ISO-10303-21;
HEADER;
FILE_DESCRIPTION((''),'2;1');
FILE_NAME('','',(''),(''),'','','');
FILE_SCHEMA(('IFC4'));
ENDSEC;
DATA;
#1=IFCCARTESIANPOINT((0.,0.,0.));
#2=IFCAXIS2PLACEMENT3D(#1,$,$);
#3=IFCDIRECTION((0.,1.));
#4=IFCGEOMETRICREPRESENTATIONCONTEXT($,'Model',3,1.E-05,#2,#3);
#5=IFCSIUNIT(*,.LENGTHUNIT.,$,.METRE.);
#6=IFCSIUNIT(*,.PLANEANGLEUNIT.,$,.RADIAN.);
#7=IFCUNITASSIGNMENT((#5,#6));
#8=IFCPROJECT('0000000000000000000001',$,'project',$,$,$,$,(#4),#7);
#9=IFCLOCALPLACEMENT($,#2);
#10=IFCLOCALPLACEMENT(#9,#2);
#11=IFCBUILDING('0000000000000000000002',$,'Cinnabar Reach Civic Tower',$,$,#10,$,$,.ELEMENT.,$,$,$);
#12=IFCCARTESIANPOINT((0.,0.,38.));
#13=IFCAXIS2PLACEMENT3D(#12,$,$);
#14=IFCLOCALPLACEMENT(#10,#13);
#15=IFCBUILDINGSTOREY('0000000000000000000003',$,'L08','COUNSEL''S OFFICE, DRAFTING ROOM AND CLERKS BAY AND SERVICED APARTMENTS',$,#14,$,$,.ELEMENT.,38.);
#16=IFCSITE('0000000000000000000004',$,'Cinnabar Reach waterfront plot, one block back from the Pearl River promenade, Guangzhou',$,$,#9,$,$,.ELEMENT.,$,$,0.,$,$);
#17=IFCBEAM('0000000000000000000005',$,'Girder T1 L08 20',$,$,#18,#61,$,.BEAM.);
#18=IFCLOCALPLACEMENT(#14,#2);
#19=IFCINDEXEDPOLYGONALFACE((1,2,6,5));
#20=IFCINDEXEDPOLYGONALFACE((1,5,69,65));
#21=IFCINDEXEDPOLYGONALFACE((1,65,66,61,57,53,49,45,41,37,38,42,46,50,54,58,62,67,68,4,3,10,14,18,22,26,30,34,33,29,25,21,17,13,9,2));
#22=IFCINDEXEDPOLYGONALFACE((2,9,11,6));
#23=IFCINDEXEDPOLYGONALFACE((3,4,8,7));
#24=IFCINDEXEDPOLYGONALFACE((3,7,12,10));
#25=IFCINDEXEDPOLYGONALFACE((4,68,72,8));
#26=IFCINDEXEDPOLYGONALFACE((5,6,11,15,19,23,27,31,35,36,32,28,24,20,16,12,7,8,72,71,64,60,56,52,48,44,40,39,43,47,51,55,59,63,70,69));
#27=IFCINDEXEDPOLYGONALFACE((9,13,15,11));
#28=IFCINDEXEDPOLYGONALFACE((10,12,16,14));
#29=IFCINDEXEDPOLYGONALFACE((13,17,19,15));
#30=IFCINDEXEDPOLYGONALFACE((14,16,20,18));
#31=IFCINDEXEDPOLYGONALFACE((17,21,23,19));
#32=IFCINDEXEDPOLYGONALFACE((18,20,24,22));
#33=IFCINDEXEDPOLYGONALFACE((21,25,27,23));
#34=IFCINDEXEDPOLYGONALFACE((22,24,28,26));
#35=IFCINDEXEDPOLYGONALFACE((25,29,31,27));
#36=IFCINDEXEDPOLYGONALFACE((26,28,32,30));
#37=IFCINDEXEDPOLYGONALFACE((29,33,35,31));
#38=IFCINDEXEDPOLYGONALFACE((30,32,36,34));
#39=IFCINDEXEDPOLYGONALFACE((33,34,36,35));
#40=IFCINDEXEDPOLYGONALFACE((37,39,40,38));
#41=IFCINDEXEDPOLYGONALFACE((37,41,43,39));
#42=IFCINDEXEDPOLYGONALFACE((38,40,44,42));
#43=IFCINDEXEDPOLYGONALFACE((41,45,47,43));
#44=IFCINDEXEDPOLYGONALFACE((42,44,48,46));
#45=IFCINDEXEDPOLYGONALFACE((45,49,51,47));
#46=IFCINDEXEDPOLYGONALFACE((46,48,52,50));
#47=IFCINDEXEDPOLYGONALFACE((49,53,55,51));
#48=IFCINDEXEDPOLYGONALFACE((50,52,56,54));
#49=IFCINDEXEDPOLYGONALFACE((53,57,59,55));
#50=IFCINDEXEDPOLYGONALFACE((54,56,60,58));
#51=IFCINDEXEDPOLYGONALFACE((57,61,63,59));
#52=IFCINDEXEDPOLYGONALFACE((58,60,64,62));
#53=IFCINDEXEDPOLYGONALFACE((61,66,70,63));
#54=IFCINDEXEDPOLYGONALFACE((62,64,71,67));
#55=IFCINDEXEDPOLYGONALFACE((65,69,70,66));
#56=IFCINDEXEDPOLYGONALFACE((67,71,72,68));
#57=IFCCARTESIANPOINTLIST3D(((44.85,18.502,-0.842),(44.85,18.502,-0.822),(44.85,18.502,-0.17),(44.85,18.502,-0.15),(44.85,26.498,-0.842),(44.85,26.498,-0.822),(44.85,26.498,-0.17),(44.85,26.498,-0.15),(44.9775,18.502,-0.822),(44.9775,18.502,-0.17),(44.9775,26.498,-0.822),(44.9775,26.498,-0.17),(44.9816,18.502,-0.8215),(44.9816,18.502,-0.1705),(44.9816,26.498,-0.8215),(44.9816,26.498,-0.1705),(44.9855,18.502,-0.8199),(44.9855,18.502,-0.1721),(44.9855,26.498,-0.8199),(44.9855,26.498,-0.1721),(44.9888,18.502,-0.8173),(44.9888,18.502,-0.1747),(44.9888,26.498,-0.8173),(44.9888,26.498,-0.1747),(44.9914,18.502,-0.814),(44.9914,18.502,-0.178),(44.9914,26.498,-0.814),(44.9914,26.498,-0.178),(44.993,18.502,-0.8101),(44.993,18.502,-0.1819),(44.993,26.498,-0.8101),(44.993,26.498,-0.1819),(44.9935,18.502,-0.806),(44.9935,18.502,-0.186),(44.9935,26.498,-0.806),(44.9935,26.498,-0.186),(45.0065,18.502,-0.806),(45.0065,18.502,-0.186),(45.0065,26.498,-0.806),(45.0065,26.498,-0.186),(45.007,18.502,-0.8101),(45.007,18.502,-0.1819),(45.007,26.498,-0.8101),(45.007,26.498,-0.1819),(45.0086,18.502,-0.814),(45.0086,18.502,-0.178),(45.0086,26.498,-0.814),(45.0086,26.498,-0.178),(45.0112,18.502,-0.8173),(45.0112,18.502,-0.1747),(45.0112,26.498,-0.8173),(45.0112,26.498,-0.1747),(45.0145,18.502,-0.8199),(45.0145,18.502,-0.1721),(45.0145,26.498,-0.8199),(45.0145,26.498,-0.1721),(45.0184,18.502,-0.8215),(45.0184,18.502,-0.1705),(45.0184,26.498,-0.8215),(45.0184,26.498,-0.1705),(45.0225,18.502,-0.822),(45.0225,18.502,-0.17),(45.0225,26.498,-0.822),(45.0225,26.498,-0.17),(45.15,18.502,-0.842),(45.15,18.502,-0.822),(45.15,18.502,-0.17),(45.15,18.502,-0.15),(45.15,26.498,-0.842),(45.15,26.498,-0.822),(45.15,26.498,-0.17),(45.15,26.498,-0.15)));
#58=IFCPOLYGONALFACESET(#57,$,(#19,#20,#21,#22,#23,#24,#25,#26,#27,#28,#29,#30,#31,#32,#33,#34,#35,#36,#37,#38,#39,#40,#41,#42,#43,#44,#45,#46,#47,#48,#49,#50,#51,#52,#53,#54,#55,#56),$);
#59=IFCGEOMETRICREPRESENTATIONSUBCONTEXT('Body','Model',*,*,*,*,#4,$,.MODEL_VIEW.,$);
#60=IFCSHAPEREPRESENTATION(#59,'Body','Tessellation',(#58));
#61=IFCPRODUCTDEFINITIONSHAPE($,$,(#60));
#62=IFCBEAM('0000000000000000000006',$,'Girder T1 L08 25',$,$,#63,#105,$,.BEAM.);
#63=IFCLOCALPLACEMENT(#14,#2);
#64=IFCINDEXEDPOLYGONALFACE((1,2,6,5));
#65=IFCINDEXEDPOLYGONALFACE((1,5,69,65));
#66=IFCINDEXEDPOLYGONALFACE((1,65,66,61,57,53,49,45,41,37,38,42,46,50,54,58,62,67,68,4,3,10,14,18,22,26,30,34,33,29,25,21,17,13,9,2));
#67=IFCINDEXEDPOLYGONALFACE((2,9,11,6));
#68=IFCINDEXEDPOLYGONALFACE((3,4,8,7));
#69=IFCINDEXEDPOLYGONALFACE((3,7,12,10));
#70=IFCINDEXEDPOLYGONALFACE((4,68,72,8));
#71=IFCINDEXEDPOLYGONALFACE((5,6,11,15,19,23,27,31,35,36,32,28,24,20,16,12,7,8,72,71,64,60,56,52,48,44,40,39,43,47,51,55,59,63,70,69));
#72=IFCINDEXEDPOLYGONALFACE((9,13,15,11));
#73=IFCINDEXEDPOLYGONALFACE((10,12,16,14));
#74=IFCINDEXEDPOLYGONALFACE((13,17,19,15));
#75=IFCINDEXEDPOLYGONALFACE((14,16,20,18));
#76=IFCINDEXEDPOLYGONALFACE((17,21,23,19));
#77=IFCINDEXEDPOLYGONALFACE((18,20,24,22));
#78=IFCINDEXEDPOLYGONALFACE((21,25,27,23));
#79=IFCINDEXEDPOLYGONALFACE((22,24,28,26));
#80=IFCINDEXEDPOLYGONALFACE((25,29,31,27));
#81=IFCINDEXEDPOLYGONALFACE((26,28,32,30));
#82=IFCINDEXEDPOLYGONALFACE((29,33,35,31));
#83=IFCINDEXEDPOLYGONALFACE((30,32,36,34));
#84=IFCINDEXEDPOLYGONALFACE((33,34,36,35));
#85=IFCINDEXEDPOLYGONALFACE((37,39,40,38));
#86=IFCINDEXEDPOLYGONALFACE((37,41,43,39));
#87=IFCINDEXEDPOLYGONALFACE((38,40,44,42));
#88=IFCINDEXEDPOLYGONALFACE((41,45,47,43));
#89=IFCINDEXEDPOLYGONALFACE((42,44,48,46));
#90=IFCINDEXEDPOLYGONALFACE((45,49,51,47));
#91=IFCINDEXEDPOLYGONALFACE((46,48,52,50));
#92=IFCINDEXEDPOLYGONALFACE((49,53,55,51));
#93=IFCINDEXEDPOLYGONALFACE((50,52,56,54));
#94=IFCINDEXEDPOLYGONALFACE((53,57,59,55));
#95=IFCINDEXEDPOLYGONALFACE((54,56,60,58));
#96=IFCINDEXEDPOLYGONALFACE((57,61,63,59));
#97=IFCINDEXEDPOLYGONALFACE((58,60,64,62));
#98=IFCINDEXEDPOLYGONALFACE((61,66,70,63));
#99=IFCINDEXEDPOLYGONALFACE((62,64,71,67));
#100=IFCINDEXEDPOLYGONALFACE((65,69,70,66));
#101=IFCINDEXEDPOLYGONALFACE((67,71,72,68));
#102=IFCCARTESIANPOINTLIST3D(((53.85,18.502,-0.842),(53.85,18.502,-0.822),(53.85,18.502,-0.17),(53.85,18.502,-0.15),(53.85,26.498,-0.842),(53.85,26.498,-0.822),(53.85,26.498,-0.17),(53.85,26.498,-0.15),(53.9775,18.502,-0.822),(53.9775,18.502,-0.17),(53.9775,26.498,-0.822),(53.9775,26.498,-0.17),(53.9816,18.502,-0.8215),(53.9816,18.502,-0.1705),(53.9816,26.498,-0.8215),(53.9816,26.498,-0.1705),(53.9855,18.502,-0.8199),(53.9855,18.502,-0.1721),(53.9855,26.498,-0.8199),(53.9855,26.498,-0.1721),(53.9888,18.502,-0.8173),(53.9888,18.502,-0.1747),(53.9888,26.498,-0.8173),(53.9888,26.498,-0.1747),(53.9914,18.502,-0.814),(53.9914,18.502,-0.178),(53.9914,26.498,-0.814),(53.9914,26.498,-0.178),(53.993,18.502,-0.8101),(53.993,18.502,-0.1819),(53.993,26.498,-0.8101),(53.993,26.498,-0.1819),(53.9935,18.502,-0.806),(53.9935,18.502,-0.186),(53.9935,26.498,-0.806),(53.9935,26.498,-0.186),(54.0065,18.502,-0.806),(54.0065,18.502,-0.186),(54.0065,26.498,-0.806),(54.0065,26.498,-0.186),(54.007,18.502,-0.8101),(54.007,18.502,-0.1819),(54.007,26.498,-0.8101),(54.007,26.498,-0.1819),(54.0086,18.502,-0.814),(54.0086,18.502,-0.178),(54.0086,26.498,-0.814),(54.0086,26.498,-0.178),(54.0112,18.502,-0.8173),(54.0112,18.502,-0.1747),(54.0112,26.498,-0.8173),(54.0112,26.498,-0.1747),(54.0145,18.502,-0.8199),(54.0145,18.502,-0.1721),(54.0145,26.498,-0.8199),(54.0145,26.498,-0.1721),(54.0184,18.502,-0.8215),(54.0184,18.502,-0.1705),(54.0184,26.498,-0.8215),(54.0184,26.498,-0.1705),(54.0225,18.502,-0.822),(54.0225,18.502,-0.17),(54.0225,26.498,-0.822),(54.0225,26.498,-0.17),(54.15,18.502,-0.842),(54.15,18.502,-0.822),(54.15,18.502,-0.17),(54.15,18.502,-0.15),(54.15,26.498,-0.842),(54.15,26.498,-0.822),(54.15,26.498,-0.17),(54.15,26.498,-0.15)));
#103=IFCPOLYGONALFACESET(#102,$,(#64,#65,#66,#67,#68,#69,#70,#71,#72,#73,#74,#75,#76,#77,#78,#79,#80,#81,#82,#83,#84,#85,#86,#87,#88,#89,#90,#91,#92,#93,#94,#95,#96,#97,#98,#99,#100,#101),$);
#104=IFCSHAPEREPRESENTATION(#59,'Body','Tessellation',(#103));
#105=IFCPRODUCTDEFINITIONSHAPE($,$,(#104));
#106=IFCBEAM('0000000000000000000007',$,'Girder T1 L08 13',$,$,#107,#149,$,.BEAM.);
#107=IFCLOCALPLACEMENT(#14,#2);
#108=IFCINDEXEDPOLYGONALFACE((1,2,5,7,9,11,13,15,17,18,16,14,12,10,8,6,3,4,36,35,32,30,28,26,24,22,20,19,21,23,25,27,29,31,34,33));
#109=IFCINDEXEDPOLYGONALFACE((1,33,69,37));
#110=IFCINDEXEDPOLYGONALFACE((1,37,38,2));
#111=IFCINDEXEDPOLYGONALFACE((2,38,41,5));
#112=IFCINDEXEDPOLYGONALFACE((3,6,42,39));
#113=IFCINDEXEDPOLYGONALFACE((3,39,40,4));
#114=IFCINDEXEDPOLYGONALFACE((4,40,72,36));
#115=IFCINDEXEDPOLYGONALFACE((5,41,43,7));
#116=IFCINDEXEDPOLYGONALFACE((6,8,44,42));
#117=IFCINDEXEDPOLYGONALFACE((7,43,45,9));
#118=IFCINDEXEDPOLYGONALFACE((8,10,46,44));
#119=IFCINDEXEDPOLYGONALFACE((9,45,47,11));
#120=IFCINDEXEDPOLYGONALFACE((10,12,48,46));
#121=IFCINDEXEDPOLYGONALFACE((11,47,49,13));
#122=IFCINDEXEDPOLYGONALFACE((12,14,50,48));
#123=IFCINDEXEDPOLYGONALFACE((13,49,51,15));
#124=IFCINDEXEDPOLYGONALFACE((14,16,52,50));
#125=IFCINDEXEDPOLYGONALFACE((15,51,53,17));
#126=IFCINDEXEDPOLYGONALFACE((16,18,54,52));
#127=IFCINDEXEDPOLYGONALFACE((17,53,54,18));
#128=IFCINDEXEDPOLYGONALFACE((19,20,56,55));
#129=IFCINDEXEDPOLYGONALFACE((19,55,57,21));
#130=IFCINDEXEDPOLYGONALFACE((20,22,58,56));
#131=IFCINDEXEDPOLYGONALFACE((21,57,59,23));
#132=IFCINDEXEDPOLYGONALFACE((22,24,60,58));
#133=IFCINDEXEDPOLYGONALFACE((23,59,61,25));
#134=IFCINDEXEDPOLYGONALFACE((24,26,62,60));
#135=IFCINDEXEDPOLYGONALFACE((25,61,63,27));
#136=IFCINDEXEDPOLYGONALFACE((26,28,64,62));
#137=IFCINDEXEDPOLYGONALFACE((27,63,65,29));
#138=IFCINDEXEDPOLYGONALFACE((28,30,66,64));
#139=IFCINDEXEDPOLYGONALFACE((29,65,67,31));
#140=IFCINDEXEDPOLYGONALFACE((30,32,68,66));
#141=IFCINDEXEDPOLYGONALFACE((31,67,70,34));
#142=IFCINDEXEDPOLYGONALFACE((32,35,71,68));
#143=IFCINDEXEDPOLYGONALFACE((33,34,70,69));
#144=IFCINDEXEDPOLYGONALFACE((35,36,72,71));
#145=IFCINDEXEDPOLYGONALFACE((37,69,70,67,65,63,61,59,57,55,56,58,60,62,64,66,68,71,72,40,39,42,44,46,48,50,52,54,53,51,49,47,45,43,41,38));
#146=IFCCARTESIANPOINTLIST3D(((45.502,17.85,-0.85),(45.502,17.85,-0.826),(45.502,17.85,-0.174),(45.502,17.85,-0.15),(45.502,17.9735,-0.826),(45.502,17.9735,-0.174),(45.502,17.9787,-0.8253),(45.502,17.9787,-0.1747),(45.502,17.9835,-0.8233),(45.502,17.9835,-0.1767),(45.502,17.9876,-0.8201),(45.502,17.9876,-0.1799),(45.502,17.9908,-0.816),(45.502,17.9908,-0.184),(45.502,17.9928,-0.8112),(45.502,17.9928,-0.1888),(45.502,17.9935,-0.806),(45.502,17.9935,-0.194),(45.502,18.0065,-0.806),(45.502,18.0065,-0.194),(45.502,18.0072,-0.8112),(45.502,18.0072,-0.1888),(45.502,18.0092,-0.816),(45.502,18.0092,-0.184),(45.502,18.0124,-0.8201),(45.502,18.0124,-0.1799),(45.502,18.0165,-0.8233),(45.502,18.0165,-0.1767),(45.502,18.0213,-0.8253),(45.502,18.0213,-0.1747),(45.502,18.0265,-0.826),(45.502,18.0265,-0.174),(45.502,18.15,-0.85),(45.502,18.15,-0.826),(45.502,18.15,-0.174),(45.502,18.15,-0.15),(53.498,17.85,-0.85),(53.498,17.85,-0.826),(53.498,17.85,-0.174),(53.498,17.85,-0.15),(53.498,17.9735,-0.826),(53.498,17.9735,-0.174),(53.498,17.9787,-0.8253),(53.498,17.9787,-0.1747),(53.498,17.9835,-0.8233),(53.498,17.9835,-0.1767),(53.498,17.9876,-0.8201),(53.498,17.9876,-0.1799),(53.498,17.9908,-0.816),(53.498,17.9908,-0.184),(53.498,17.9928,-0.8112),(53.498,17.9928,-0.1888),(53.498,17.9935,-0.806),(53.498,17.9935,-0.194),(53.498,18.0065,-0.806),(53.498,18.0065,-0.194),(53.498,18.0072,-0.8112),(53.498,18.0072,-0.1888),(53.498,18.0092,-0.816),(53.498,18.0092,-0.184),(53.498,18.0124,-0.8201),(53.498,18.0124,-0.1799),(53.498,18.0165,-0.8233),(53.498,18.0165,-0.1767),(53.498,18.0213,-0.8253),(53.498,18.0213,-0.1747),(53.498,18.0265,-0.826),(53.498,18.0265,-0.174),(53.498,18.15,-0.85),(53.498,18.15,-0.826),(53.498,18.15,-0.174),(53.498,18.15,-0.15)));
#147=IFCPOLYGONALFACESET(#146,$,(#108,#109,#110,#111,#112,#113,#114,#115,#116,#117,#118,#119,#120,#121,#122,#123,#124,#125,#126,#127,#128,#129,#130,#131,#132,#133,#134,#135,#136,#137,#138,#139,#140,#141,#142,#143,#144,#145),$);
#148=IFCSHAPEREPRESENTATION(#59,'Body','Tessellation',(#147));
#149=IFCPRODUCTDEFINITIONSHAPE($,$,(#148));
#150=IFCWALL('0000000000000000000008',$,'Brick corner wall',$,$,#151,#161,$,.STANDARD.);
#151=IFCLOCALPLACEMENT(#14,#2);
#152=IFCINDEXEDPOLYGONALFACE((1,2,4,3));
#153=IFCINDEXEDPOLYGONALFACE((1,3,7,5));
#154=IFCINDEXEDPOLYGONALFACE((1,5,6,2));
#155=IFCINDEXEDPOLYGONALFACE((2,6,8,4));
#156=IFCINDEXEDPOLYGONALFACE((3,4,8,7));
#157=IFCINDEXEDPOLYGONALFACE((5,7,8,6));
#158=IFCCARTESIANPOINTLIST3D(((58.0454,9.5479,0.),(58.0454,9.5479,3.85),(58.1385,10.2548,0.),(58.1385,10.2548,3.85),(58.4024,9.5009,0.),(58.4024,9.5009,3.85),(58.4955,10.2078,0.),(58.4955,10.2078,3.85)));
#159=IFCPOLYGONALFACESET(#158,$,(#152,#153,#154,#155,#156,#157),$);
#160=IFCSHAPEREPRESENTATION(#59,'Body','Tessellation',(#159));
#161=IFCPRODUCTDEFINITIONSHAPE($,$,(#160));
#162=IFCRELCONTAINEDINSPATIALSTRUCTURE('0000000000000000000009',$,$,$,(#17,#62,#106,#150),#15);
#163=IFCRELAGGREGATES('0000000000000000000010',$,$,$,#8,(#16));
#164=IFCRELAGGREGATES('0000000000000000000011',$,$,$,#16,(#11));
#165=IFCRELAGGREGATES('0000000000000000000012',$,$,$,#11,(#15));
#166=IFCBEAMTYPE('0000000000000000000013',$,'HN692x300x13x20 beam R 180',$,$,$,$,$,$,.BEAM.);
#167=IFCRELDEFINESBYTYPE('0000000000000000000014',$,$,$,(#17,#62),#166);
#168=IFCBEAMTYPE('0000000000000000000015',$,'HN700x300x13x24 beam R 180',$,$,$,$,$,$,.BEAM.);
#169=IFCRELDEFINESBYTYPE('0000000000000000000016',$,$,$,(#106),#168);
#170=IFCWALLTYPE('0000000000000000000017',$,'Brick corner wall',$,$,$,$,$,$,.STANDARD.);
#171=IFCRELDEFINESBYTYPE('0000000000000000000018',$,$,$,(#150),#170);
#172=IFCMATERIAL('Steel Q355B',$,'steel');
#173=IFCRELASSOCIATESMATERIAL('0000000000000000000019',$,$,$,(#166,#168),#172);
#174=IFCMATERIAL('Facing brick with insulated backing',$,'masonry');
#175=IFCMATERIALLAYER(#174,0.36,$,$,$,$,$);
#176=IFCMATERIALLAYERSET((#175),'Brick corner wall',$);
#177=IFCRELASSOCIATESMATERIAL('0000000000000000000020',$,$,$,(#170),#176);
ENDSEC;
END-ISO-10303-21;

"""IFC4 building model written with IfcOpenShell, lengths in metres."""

from ifc_helpers import new_model, si_unit, direction, frame, frame_2d, origin, origin_2d, place, context, subcontext, project, spatial, rectangle, i_section, extrude, material, layer, layer_set, material_profile, profile_set, type_object, element, save


model = new_model("IFC4")

# Units and contexts
model_context = context("Model", 3, precision=1e-05, world=origin(), true_north=direction((0.0, 1.0)))
body_context = subcontext(model_context, "Body", "Model", "MODEL_VIEW")
ifc_project = project(units=[si_unit("LENGTHUNIT", "METRE"), si_unit("PLANEANGLEUNIT", "RADIAN")], contexts=[model_context])

# Site, building, storey
site_placement = place(None, origin())
site = spatial("IfcSite", under=ifc_project, at=site_placement, Name="Cinnabar Reach waterfront plot, one block back from the Pearl River promenade, Guangzhou", CompositionType="ELEMENT", RefElevation=0.0)
building_placement = place(site_placement, origin())
building = spatial("IfcBuilding", under=site, at=building_placement, Name="Cinnabar Reach Civic Tower", CompositionType="ELEMENT")
storey_placement = place(building_placement, frame((0.0, 0.0, 38.0)))
storey = spatial("IfcBuildingStorey", under=building, at=storey_placement, Name="L08", Description="COUNSEL'S OFFICE, DRAFTING ROOM AND CLERKS BAY AND SERVICED APARTMENTS", CompositionType="ELEMENT", Elevation=38.0)

# Beams
ifc_material_1 = material(Name="Steel Q355B", Category="steel")
ifc_material_profile_1 = material_profile(ifc_material_1, i_section(OverallWidth=0.3, OverallDepth=0.692, WebThickness=0.013, FlangeThickness=0.02, FilletRadius=0.016, at=origin_2d()), Name="HN692x300x13x20")
ifc_profile_set_1 = profile_set([ifc_material_profile_1], Name="Steel Q355B")
beam_type_1 = type_object("IfcBeamType", Name="HN692x300x13x20 beam R 180", PredefinedType="BEAM", material=ifc_profile_set_1)
for number, where, z_axis, x_axis, name in (
    (1, (45.0, 18.502, -0.496), (0.0, 1.0, 0.0), (-1.0, 0.0, 0.0), "Girder T1 L08 20"),
    (2, (54.0, 18.502, -0.496), (0.0, 1.0, 0.0), (-1.0, 0.0, 0.0), "Girder T1 L08 25"),
):
    element("IfcBeam", number, at=place(storey_placement, frame(where, z_axis=z_axis, x_axis=x_axis)), inside=storey, type_object=beam_type_1, Name=name, PredefinedType="BEAM", context=body_context, shape_type="SweptSolid", body=[
        extrude(i_section(OverallWidth=0.3, OverallDepth=0.692, WebThickness=0.013, FlangeThickness=0.02, FilletRadius=0.016, at=origin_2d()), origin(), (0.0, 0.0, 1.0), 7.996),
    ])
ifc_material_profile_2 = material_profile(ifc_material_1, i_section(OverallWidth=0.3, OverallDepth=0.7, WebThickness=0.013, FlangeThickness=0.024, FilletRadius=0.02, at=origin_2d()), Name="HN700x300x13x24")
ifc_profile_set_2 = profile_set([ifc_material_profile_2], Name="Steel Q355B")
beam_type_2 = type_object("IfcBeamType", Name="HN700x300x13x24 beam R 180", PredefinedType="BEAM", material=ifc_profile_set_2)
beam_1_placement = place(storey_placement, frame((45.502, 18.0, -0.5), z_axis=(1.0, 0.0, 0.0), x_axis=(0.0, 1.0, 0.0)))
element("IfcBeam", 3, at=beam_1_placement, inside=storey, type_object=beam_type_2, Name="Girder T1 L08 13", PredefinedType="BEAM", context=body_context, shape_type="SweptSolid", body=[
    extrude(i_section(OverallWidth=0.3, OverallDepth=0.7, WebThickness=0.013, FlangeThickness=0.024, FilletRadius=0.02, at=origin_2d()), origin(), (0.0, 0.0, 1.0), 7.996),
])

# Wall
ifc_material_2 = material(Name="Facing brick with insulated backing", Category="masonry")
ifc_layer_1 = layer(ifc_material_2, 0.36)
ifc_layer_set_1 = layer_set([ifc_layer_1], Name="Brick corner wall")
wall_type_1 = type_object("IfcWallType", Name="Brick corner wall", PredefinedType="STANDARD", material=ifc_layer_set_1)
wall_1_placement = place(storey_placement, frame((58.2239, 9.5244, 0.0), z_axis=(0.0, 0.0, 1.0), x_axis=(0.130556, 0.991441, 0.0)))
element("IfcWall", 4, at=wall_1_placement, inside=storey, type_object=wall_type_1, Name="Brick corner wall", PredefinedType="STANDARD", context=body_context, shape_type="SweptSolid", body=[
    extrude(rectangle(XDim=0.7131, YDim=0.36, at=frame_2d((0.3565, 0.0))), origin(), (0.0, 0.0, 1.0), 3.85),
])

save(model, "model.ifc")
